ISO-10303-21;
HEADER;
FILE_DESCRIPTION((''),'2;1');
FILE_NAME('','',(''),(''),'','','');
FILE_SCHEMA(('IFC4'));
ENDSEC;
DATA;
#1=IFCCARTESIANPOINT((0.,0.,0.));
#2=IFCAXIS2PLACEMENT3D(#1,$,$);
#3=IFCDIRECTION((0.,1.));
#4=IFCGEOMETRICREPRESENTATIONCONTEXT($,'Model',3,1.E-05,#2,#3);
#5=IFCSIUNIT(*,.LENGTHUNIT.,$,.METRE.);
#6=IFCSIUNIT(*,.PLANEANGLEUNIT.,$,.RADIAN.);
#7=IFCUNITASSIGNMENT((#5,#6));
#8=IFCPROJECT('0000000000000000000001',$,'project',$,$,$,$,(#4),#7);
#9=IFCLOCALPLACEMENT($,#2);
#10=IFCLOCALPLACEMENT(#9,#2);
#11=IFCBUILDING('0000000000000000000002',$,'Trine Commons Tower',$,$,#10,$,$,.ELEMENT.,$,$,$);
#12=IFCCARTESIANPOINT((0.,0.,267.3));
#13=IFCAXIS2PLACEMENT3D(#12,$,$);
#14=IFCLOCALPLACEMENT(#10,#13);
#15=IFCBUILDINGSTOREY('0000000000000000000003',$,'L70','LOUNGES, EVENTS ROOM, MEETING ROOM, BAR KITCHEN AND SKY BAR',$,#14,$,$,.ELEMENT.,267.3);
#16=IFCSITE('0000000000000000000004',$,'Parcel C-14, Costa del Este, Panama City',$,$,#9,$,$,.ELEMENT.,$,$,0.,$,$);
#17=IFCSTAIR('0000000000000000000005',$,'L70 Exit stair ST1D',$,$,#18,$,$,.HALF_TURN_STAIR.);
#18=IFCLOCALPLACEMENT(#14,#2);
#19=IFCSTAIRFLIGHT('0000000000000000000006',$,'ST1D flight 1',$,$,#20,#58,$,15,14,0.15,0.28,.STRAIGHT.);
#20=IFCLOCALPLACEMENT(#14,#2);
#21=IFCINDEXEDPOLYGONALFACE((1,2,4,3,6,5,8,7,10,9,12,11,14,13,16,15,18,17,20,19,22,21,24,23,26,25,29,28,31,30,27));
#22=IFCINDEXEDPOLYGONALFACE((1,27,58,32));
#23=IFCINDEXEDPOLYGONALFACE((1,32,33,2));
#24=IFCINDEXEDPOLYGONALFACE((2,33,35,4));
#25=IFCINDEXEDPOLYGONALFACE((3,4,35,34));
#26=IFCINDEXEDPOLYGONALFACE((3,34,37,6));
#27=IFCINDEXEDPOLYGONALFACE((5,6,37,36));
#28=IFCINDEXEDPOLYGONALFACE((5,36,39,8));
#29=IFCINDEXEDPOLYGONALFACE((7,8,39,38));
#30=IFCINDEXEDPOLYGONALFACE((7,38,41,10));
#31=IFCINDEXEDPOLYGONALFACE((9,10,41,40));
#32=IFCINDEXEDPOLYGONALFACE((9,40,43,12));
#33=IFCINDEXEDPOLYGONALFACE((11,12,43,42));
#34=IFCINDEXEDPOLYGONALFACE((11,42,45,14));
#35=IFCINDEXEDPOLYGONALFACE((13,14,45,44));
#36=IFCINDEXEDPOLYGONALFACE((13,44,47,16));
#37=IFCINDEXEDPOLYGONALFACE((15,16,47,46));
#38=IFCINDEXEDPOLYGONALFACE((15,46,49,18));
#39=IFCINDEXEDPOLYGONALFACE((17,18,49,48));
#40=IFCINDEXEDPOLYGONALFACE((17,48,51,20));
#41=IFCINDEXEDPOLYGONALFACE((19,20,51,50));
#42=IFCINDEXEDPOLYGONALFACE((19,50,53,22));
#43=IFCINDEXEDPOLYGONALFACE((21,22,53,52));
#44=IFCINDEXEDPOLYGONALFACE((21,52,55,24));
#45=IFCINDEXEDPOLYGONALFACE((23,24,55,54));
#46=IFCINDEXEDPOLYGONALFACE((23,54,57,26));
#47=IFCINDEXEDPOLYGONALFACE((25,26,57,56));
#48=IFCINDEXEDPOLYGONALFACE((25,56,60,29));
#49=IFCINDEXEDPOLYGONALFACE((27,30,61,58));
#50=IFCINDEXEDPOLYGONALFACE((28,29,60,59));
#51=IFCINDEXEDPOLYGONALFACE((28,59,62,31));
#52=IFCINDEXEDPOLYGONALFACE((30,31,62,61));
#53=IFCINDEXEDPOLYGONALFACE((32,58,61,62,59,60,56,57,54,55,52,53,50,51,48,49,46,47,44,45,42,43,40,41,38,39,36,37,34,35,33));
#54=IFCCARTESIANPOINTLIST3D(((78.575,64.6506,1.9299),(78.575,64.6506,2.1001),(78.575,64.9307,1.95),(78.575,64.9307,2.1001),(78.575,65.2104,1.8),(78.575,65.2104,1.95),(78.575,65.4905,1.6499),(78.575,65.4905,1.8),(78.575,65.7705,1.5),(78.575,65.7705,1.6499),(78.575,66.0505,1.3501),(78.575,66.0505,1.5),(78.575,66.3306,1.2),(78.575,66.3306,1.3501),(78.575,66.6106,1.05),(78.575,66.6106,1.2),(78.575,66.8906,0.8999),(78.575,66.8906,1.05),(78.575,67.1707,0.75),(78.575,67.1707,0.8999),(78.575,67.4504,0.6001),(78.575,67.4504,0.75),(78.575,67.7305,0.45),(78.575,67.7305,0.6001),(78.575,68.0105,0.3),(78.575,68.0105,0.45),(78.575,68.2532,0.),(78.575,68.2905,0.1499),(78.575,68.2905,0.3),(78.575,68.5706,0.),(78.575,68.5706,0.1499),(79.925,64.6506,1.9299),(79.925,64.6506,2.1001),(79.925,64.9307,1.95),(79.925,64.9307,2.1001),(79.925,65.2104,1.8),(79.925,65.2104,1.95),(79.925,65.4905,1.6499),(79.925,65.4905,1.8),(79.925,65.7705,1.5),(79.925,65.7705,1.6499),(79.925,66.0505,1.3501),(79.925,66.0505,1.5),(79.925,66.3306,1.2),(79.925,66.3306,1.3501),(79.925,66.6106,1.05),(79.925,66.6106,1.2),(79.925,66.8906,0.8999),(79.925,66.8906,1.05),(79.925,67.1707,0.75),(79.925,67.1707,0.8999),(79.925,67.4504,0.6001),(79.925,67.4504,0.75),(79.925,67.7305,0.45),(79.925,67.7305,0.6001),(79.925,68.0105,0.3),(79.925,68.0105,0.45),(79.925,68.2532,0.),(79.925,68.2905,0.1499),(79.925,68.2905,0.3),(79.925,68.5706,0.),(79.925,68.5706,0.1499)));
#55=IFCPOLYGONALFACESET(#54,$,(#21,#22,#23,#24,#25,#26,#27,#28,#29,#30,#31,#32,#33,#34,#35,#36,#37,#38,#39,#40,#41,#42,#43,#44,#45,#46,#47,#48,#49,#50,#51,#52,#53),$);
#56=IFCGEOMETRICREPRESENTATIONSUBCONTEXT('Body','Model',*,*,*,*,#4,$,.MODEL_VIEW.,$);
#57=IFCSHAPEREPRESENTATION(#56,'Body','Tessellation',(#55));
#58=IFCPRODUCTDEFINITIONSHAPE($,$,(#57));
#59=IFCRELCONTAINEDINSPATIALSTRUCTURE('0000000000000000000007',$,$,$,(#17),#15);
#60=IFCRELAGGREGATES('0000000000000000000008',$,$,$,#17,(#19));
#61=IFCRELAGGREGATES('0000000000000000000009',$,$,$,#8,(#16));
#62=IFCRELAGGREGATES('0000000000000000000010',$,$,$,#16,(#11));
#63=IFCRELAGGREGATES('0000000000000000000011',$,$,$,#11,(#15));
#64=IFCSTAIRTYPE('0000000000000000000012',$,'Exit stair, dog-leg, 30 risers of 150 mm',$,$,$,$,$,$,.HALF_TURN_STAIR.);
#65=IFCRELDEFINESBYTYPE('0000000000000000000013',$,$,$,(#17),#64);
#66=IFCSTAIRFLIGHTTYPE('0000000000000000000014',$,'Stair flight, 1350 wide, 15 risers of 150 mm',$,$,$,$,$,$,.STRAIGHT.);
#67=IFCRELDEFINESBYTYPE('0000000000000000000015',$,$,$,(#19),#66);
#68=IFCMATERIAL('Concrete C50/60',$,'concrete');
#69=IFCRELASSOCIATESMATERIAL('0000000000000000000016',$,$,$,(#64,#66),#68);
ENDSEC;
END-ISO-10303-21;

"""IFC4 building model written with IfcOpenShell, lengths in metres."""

from ifc_helpers import new_model, si_unit, direction, frame, origin, place, context, subcontext, project, spatial, polyline, outline, extrude, material, type_object, element, aggregate, save


model = new_model("IFC4")

# Units and contexts
model_context = context("Model", 3, precision=1e-05, world=origin(), true_north=direction((0.0, 1.0)))
body_context = subcontext(model_context, "Body", "Model", "MODEL_VIEW")
ifc_project = project(units=[si_unit("LENGTHUNIT", "METRE"), si_unit("PLANEANGLEUNIT", "RADIAN")], contexts=[model_context])

# Site, building, storey
site_placement = place(None, origin())
site = spatial("IfcSite", under=ifc_project, at=site_placement, Name="Parcel C-14, Costa del Este, Panama City", CompositionType="ELEMENT", RefElevation=0.0)
building_placement = place(site_placement, origin())
building = spatial("IfcBuilding", under=site, at=building_placement, Name="Trine Commons Tower", CompositionType="ELEMENT")
storey_placement = place(building_placement, frame((0.0, 0.0, 267.3)))
storey = spatial("IfcBuildingStorey", under=building, at=storey_placement, Name="L70", Description="LOUNGES, EVENTS ROOM, MEETING ROOM, BAR KITCHEN AND SKY BAR", CompositionType="ELEMENT", Elevation=267.3)

# Shared definitions
ifc_material_1 = material(Name="Concrete C50/60", Category="concrete")

# Stair, stair flight
stair_type = type_object("IfcStairType", Name="Exit stair, dog-leg, 30 risers of 150 mm", PredefinedType="HALF_TURN_STAIR", material=ifc_material_1)
stair_placement = place(storey_placement, origin())
stair = element("IfcStair", 1, at=stair_placement, inside=storey, type_object=stair_type, Name="L70 Exit stair ST1D", PredefinedType="HALF_TURN_STAIR")
stair_flight_type = type_object("IfcStairFlightType", Name="Stair flight, 1350 wide, 15 risers of 150 mm", PredefinedType="STRAIGHT", material=ifc_material_1)
stair_flight_placement = place(storey_placement, frame((79.25, 68.5706, 0.0), z_axis=(0.0, 0.0, 1.0), x_axis=(0.0, -1.0, 0.0)))
stair_flight = element("IfcStairFlight", 2, at=stair_flight_placement, type_object=stair_flight_type, Name="ST1D flight 1", NumberOfRisers=15, NumberOfTreads=14, PredefinedType="STRAIGHT", RiserHeight=0.15, TreadLength=0.28, context=body_context, shape_type="SweptSolid", body=[
    extrude(outline(polyline([(0.0, 0.0), (0.0, 0.1499), (0.28, 0.1499), (0.28, 0.3), (0.5601, 0.3), (0.5601, 0.45), (0.8401, 0.45), (0.8401, 0.6001), (1.1201, 0.6001), (1.1201, 0.75), (1.3999, 0.75), (1.3999, 0.8999), (1.6799, 0.8999), (1.6799, 1.05), (1.96, 1.05), (1.96, 1.2), (2.24, 1.2), (2.24, 1.3501), (2.52, 1.3501), (2.52, 1.5), (2.8, 1.5), (2.8, 1.6499), (3.0801, 1.6499), (3.0801, 1.8), (3.3601, 1.8), (3.3601, 1.95), (3.6399, 1.95), (3.6399, 2.1001), (3.9199, 2.1001), (3.9199, 2.25), (3.9199, 1.9299), (0.3174, 0.0), (0.0, 0.0)])), frame((0.0, 0.675, 0.0), z_axis=(0.0, -1.0, 0.0), x_axis=(1.0, 0.0, 0.0)), (0.0, 0.0, 1.0), 1.3501),
])
aggregate(stair, [stair_flight])

save(model, "model.ifc")
